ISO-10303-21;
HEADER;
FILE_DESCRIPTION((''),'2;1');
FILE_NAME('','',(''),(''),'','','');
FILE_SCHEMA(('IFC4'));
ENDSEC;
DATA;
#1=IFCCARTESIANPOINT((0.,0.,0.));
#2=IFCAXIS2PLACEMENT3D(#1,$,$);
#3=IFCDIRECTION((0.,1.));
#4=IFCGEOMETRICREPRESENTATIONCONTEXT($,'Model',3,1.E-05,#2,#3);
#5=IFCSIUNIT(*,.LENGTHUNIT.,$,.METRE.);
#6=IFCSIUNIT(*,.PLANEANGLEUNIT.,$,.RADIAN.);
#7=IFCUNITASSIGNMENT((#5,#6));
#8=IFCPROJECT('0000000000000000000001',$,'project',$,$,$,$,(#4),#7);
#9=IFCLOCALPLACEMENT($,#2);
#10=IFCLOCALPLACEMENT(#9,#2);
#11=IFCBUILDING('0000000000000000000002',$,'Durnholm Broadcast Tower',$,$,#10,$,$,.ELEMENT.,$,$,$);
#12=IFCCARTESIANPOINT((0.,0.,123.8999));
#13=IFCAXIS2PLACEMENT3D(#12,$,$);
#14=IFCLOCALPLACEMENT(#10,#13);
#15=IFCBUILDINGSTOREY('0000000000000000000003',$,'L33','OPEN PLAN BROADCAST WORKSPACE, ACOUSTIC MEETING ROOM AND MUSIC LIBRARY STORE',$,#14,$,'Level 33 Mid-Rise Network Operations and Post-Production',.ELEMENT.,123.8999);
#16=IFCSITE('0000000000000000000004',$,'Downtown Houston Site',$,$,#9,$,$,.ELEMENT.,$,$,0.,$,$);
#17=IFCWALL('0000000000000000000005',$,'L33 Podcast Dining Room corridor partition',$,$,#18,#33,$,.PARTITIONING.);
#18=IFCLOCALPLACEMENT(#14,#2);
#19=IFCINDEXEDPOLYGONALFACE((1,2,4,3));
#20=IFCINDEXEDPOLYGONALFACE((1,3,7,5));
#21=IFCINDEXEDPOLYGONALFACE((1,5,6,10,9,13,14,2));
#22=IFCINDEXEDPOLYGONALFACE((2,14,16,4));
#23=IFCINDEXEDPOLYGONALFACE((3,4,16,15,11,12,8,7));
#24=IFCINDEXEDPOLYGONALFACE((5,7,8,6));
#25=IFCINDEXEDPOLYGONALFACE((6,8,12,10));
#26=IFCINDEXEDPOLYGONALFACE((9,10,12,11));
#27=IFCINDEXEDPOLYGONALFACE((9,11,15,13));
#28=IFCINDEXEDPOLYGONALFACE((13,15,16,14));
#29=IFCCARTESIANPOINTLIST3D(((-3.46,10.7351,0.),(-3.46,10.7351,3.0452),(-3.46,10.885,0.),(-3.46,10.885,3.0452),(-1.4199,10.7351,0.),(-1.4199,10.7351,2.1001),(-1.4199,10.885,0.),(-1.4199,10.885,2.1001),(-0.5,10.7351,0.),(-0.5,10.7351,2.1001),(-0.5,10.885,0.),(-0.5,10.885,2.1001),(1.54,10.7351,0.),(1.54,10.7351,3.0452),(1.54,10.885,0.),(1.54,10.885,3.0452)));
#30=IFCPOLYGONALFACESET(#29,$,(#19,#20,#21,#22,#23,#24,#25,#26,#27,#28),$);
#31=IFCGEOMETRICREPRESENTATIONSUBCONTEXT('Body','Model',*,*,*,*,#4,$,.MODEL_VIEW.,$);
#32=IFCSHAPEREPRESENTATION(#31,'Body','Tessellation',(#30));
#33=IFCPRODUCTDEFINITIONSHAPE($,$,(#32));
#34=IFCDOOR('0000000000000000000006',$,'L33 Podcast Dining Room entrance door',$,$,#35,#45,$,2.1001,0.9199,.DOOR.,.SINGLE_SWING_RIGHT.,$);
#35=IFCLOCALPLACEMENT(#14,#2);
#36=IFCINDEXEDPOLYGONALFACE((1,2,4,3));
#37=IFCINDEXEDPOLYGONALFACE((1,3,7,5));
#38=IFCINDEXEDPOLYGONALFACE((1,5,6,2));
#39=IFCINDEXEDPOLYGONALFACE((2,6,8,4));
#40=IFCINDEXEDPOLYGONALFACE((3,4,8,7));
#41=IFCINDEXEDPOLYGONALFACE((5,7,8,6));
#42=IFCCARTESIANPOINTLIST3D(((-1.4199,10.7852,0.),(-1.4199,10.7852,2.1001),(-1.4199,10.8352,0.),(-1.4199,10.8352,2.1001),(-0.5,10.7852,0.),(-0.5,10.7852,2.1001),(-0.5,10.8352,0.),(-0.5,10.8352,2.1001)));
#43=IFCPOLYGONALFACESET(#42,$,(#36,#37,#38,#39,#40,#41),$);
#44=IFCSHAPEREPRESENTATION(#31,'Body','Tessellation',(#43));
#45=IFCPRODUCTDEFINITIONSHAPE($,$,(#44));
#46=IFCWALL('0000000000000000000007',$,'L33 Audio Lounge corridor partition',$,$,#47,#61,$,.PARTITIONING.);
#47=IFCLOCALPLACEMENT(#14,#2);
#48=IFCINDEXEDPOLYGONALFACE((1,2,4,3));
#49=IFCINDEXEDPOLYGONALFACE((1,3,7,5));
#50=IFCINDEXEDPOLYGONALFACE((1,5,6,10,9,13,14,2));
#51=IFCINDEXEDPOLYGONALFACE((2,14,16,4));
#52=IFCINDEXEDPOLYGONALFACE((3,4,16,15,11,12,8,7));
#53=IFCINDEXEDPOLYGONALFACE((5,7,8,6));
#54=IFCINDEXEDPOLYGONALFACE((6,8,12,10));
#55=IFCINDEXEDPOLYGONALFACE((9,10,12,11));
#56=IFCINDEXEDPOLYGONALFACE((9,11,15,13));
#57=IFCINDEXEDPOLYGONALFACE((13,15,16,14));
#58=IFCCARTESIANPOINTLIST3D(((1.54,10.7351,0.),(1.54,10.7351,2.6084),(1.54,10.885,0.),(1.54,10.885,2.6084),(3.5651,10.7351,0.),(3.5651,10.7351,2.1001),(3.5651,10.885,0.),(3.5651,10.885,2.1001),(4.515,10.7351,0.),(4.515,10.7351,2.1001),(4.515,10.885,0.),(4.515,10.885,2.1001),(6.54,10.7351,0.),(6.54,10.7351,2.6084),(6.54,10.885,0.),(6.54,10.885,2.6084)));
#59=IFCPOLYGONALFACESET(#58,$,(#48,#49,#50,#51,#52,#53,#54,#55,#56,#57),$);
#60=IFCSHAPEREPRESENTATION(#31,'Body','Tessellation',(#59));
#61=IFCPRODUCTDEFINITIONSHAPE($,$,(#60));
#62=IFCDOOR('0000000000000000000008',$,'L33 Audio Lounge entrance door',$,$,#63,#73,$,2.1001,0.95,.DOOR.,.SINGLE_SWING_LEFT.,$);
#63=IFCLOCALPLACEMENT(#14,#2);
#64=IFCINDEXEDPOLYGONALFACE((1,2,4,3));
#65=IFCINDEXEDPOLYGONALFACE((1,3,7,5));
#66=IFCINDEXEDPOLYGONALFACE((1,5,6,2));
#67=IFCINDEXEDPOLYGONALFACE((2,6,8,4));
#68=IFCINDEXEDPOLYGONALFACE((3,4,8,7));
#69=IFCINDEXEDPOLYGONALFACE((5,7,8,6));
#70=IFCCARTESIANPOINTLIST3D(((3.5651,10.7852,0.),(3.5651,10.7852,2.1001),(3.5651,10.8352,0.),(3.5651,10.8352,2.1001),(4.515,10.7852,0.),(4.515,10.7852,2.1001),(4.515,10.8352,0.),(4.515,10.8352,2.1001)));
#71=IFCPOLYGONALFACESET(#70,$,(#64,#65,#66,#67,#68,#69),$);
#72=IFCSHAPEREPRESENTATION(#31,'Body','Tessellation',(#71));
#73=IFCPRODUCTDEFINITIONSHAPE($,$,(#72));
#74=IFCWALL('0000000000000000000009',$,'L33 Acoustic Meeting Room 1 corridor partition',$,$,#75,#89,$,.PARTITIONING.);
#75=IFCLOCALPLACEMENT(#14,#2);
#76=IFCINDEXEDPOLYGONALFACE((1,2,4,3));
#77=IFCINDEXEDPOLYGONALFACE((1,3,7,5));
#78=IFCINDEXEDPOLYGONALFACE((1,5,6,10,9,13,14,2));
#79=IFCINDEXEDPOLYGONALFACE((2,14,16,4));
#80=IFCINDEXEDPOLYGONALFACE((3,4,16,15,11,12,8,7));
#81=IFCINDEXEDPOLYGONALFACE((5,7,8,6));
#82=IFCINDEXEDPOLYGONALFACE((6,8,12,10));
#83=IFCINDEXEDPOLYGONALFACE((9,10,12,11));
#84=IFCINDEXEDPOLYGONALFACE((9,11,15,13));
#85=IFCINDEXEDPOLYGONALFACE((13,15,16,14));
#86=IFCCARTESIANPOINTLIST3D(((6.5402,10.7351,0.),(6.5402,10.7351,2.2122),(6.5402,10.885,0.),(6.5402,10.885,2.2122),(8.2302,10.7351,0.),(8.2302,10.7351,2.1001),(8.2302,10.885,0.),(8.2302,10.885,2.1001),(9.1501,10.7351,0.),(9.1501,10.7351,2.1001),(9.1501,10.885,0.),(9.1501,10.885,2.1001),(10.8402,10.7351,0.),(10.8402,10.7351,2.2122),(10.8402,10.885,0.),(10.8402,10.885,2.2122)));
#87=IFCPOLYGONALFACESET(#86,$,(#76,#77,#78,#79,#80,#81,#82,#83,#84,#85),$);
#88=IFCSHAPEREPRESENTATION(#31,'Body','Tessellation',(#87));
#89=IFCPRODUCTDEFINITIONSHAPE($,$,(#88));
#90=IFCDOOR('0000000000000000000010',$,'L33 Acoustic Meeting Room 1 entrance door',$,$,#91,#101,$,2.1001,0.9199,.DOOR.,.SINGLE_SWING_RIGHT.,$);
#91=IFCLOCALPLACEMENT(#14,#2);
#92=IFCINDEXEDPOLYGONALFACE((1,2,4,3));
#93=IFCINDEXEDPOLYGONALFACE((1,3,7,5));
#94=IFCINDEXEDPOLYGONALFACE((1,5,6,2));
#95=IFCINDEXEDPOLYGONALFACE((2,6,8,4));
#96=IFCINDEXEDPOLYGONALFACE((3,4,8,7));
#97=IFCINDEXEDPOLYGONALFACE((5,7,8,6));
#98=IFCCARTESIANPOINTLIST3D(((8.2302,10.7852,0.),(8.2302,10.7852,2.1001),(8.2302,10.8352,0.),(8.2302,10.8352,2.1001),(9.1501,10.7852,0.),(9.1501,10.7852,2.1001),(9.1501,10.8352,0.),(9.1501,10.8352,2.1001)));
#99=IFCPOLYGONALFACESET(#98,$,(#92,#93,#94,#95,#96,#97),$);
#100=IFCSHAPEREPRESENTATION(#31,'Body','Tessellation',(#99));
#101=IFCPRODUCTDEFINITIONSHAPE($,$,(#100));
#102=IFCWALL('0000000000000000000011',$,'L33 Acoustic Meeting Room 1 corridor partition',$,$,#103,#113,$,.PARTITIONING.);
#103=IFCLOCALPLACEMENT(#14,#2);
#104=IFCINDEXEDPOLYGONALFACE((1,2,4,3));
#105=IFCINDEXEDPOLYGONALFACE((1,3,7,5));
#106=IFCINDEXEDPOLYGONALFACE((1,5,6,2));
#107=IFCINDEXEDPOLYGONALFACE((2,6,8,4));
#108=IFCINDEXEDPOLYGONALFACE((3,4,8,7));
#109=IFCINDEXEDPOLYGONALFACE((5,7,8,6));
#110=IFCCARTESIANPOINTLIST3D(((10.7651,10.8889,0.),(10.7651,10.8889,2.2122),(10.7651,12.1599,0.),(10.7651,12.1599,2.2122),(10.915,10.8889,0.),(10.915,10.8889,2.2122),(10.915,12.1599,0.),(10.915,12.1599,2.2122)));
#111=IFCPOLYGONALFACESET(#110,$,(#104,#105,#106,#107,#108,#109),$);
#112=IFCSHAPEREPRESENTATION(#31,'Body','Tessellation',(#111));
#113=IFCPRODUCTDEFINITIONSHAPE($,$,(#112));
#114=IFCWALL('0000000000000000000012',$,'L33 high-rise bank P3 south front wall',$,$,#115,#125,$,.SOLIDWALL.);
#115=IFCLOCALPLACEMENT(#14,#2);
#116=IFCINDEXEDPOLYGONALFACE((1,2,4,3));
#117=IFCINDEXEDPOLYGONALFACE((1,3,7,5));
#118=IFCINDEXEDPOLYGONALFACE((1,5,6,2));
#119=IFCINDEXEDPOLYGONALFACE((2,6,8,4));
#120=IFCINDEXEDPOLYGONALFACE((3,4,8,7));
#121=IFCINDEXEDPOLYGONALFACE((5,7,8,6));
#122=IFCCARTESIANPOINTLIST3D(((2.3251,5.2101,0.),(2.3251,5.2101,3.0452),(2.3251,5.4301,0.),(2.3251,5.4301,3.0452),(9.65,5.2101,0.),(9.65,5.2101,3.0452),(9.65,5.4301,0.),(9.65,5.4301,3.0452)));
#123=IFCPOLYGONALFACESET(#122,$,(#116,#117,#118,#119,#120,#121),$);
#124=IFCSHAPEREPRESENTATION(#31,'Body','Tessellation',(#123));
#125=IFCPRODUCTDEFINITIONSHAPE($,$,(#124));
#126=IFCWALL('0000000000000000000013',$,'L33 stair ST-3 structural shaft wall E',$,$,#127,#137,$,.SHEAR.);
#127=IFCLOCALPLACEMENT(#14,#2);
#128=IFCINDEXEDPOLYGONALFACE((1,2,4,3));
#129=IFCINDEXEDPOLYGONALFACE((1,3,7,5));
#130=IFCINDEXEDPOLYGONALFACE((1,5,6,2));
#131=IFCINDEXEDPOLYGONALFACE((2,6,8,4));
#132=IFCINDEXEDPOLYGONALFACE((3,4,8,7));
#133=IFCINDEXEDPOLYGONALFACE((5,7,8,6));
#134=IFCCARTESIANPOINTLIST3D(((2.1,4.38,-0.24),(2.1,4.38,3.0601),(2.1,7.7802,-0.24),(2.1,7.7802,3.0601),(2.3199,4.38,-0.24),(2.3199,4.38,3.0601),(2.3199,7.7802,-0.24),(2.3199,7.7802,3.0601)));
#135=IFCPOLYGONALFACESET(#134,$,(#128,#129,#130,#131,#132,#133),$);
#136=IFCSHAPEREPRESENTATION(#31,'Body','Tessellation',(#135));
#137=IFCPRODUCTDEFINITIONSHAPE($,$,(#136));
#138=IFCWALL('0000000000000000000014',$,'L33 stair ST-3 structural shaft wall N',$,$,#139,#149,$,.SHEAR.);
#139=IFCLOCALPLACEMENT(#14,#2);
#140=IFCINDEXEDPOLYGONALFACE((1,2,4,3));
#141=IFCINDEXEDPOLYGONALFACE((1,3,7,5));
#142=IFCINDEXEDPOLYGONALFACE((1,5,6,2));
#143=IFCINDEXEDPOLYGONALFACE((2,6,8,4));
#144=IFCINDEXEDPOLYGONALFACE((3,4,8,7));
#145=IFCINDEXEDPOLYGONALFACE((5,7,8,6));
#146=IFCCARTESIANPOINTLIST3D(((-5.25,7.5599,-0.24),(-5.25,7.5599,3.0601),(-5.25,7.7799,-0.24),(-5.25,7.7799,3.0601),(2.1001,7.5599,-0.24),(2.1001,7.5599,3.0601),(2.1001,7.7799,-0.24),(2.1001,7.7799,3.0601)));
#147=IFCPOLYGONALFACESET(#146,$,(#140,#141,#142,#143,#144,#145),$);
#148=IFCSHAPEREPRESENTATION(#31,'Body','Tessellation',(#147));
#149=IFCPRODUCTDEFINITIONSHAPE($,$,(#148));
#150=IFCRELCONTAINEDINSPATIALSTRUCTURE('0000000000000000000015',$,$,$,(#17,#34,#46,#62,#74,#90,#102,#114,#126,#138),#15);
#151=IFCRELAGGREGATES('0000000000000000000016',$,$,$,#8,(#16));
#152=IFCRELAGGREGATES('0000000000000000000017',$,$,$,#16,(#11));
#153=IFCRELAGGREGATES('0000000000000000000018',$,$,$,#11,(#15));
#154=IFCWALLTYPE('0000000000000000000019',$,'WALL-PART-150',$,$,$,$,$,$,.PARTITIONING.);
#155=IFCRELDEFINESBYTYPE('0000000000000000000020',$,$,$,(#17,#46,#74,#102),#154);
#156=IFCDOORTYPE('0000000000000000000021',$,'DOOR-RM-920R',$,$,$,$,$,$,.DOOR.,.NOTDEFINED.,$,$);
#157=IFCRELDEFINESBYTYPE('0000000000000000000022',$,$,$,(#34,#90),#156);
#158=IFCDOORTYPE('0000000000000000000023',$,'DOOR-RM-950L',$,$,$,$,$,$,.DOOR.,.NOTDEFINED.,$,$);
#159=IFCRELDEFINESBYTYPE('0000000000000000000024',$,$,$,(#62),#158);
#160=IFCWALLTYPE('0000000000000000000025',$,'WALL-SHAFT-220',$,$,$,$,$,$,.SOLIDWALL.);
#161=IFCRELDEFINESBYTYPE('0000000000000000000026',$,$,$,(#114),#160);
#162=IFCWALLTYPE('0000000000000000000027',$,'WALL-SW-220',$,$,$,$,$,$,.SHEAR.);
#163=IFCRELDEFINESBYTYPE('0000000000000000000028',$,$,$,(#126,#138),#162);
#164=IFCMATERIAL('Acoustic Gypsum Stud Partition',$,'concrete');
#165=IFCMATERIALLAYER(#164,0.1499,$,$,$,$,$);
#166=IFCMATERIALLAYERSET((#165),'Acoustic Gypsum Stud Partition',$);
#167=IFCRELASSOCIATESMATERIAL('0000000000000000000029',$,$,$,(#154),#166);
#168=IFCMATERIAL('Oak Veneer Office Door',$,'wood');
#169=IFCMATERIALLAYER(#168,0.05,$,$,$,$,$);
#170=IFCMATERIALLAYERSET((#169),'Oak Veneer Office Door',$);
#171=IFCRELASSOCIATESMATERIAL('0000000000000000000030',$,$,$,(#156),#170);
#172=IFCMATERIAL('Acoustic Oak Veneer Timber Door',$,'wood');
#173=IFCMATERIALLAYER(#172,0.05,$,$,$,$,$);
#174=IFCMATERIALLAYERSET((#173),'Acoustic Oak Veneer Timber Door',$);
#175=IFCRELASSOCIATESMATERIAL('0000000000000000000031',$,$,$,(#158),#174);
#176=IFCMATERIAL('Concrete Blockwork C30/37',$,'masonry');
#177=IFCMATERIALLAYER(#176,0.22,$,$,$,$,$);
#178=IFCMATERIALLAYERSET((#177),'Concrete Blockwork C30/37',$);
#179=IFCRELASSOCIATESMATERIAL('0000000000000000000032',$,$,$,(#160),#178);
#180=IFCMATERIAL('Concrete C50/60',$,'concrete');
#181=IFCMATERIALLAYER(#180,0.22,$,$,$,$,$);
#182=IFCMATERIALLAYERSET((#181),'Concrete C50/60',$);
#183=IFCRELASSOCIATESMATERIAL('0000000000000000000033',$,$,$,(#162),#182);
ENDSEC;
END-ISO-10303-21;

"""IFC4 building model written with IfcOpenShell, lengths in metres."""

from ifc_helpers import new_model, si_unit, direction, frame, frame_2d, origin, place, context, subcontext, project, spatial, rectangle, extrude, source, transform, mapped, material, layer, layer_set, type_object, type_shapes, element, fill, save


model = new_model("IFC4")

# Units and contexts
model_context = context("Model", 3, precision=1e-05, world=origin(), true_north=direction((0.0, 1.0)))
body_context = subcontext(model_context, "Body", "Model", "MODEL_VIEW")
ifc_project = project(units=[si_unit("LENGTHUNIT", "METRE"), si_unit("PLANEANGLEUNIT", "RADIAN")], contexts=[model_context])

# Site, building, storey
site_placement = place(None, origin())
site = spatial("IfcSite", under=ifc_project, at=site_placement, Name="Downtown Houston Site", CompositionType="ELEMENT", RefElevation=0.0)
building_placement = place(site_placement, origin())
building = spatial("IfcBuilding", under=site, at=building_placement, Name="Durnholm Broadcast Tower", CompositionType="ELEMENT")
storey_placement = place(building_placement, frame((0.0, 0.0, 123.8999)))
storey = spatial("IfcBuildingStorey", under=building, at=storey_placement, Name="L33", Description="OPEN PLAN BROADCAST WORKSPACE, ACOUSTIC MEETING ROOM AND MUSIC LIBRARY STORE", LongName="Level 33 Mid-Rise Network Operations and Post-Production", CompositionType="ELEMENT", Elevation=123.8999)

# Walls, openings, doors
ifc_material_1 = material(Name="Acoustic Gypsum Stud Partition", Category="concrete")
ifc_layer_1 = layer(ifc_material_1, 0.1499)
ifc_layer_set_1 = layer_set([ifc_layer_1], Name="Acoustic Gypsum Stud Partition")
wall_type_1 = type_object("IfcWallType", Name="WALL-PART-150", PredefinedType="PARTITIONING", material=ifc_layer_set_1)
wall_1_placement = place(storey_placement, frame((1.54, 10.8101, 0.0), z_axis=(0.0, 0.0, 1.0), x_axis=(-1.0, 0.0, 0.0)))
wall_1 = element("IfcWall", 1, at=wall_1_placement, inside=storey, type_object=wall_type_1, Name="L33 Podcast Dining Room corridor partition", PredefinedType="PARTITIONING", context=body_context, shape_type="SweptSolid", body=[
    extrude(rectangle(XDim=5.0, YDim=0.1499, at=frame_2d((2.5, 0.0))), origin(), (0.0, 0.0, 1.0), 3.0452),
])
opening_1_placement = place(wall_1_placement, frame((2.04, 0.0, 0.0)))
opening_1 = element("IfcOpeningElement", 2, at=opening_1_placement, cuts=wall_1, PredefinedType="OPENING", context=body_context, shape_type="SweptSolid", body=[
    extrude(rectangle(XDim=0.9199, YDim=2.1001, at=frame_2d((0.46, 1.05))), frame((0.0, 0.085, 0.0), z_axis=(0.0, -1.0, 0.0), x_axis=(1.0, 0.0, 0.0)), (0.0, 0.0, 1.0), 0.1699),
])
ifc_material_2 = material(Name="Oak Veneer Office Door", Category="wood")
ifc_layer_2 = layer(ifc_material_2, 0.05)
ifc_layer_set_2 = layer_set([ifc_layer_2], Name="Oak Veneer Office Door")
door_type_1 = type_object("IfcDoorType", Name="DOOR-RM-920R", OperationType="NOTDEFINED", PredefinedType="DOOR", material=ifc_layer_set_2)
shared_shape_1 = source(origin(), body_context, "Body", "SweptSolid", [
    extrude(rectangle(XDim=0.9199, YDim=2.1001, at=frame_2d((0.46, 1.05))), frame((0.0, 0.0249, 0.0), z_axis=(0.0, -1.0, 0.0), x_axis=(1.0, 0.0, 0.0)), (0.0, 0.0, 1.0), 0.05),
])
type_shapes(door_type_1, [shared_shape_1])
door_1_placement = place(opening_1_placement, origin())
door_1 = element("IfcDoor", 3, at=door_1_placement, inside=storey, type_object=door_type_1, Name="L33 Podcast Dining Room entrance door", OperationType="SINGLE_SWING_RIGHT", OverallHeight=2.1001, OverallWidth=0.9199, PredefinedType="DOOR", context=body_context, shape_type="MappedRepresentation", body=[
    mapped(shared_shape_1, transform((0.0, 0.0, 0.0), x_axis=(1.0, 0.0, 0.0), y_axis=(0.0, 1.0, 0.0), z_axis=(0.0, 0.0, 1.0), scale=1.0)),
])
fill(opening_1, door_1)
wall_2_placement = place(storey_placement, frame((6.54, 10.8101, 0.0), z_axis=(0.0, 0.0, 1.0), x_axis=(-1.0, 0.0, 0.0)))
wall_2 = element("IfcWall", 4, at=wall_2_placement, inside=storey, type_object=wall_type_1, Name="L33 Audio Lounge corridor partition", PredefinedType="PARTITIONING", context=body_context, shape_type="SweptSolid", body=[
    extrude(rectangle(XDim=5.0, YDim=0.1499, at=frame_2d((2.5, 0.0))), origin(), (0.0, 0.0, 1.0), 2.6084),
])
opening_2_placement = place(wall_2_placement, frame((2.0249, 0.0, 0.0)))
opening_2 = element("IfcOpeningElement", 5, at=opening_2_placement, cuts=wall_2, PredefinedType="OPENING", context=body_context, shape_type="SweptSolid", body=[
    extrude(rectangle(XDim=0.95, YDim=2.1001, at=frame_2d((0.4751, 1.05))), frame((0.0, 0.085, 0.0), z_axis=(0.0, -1.0, 0.0), x_axis=(1.0, 0.0, 0.0)), (0.0, 0.0, 1.0), 0.1699),
])
ifc_material_3 = material(Name="Acoustic Oak Veneer Timber Door", Category="wood")
ifc_layer_3 = layer(ifc_material_3, 0.05)
ifc_layer_set_3 = layer_set([ifc_layer_3], Name="Acoustic Oak Veneer Timber Door")
door_type_2 = type_object("IfcDoorType", Name="DOOR-RM-950L", OperationType="NOTDEFINED", PredefinedType="DOOR", material=ifc_layer_set_3)
shared_shape_2 = source(origin(), body_context, "Body", "SweptSolid", [
    extrude(rectangle(XDim=0.95, YDim=2.1001, at=frame_2d((0.4751, 1.05))), frame((0.0, 0.0249, 0.0), z_axis=(0.0, -1.0, 0.0), x_axis=(1.0, 0.0, 0.0)), (0.0, 0.0, 1.0), 0.05),
])
type_shapes(door_type_2, [shared_shape_2])
door_2_placement = place(opening_2_placement, origin())
door_2 = element("IfcDoor", 6, at=door_2_placement, inside=storey, type_object=door_type_2, Name="L33 Audio Lounge entrance door", OperationType="SINGLE_SWING_LEFT", OverallHeight=2.1001, OverallWidth=0.95, PredefinedType="DOOR", context=body_context, shape_type="MappedRepresentation", body=[
    mapped(shared_shape_2, transform((0.0, 0.0, 0.0), x_axis=(1.0, 0.0, 0.0), y_axis=(0.0, 1.0, 0.0), z_axis=(0.0, 0.0, 1.0), scale=1.0)),
])
fill(opening_2, door_2)
wall_3_placement = place(storey_placement, frame((10.8401, 10.8101, 0.0), z_axis=(0.0, 0.0, 1.0), x_axis=(-1.0, 0.0, 0.0)))
wall_3 = element("IfcWall", 7, at=wall_3_placement, inside=storey, type_object=wall_type_1, Name="L33 Acoustic Meeting Room 1 corridor partition", PredefinedType="PARTITIONING", context=body_context, shape_type="SweptSolid", body=[
    extrude(rectangle(XDim=4.3, YDim=0.1499, at=frame_2d((2.1499, 0.0))), origin(), (0.0, 0.0, 1.0), 2.2122),
])
opening_3_placement = place(wall_3_placement, frame((1.6899, 0.0, 0.0)))
opening_3 = element("IfcOpeningElement", 8, at=opening_3_placement, cuts=wall_3, PredefinedType="OPENING", context=body_context, shape_type="SweptSolid", body=[
    extrude(rectangle(XDim=0.9199, YDim=2.1001, at=frame_2d((0.46, 1.05))), frame((0.0, 0.085, 0.0), z_axis=(0.0, -1.0, 0.0), x_axis=(1.0, 0.0, 0.0)), (0.0, 0.0, 1.0), 0.1699),
])
door_3_placement = place(opening_3_placement, origin())
door_3 = element("IfcDoor", 9, at=door_3_placement, inside=storey, type_object=door_type_1, Name="L33 Acoustic Meeting Room 1 entrance door", OperationType="SINGLE_SWING_RIGHT", OverallHeight=2.1001, OverallWidth=0.9199, PredefinedType="DOOR", context=body_context, shape_type="MappedRepresentation", body=[
    mapped(shared_shape_1, transform((0.0, 0.0, 0.0), x_axis=(1.0, 0.0, 0.0), y_axis=(0.0, 1.0, 0.0), z_axis=(0.0, 0.0, 1.0), scale=1.0)),
])
fill(opening_3, door_3)

# Wall
wall_4_placement = place(storey_placement, frame((10.8401, 12.1599, 0.0), z_axis=(0.0, 0.0, 1.0), x_axis=(0.0, -1.0, 0.0)))
element("IfcWall", 10, at=wall_4_placement, inside=storey, type_object=wall_type_1, Name="L33 Acoustic Meeting Room 1 corridor partition", PredefinedType="PARTITIONING", context=body_context, shape_type="SweptSolid", body=[
    extrude(rectangle(XDim=1.271, YDim=0.1499, at=frame_2d((0.6355, 0.0))), origin(), (0.0, 0.0, 1.0), 2.2122),
])

# Shared definitions
ifc_material_4 = material(Name="Concrete Blockwork C30/37", Category="masonry")
ifc_layer_4 = layer(ifc_material_4, 0.22)
ifc_layer_set_4 = layer_set([ifc_layer_4], Name="Concrete Blockwork C30/37")
wall_type_2 = type_object("IfcWallType", Name="WALL-SHAFT-220", PredefinedType="SOLIDWALL", material=ifc_layer_set_4)

# Walls
wall_5_placement = place(storey_placement, frame((2.325, 5.3201, 0.0), z_axis=(0.0, 0.0, 1.0), x_axis=(1.0, 0.0, 0.0)))
element("IfcWall", 11, at=wall_5_placement, inside=storey, type_object=wall_type_2, Name="L33 high-rise bank P3 south front wall", PredefinedType="SOLIDWALL", context=body_context, shape_type="SweptSolid", body=[
    extrude(rectangle(XDim=7.325, YDim=0.22, at=frame_2d((3.6626, 0.0))), origin(), (0.0, 0.0, 1.0), 3.0452),
])
ifc_material_5 = material(Name="Concrete C50/60", Category="concrete")
ifc_layer_5 = layer(ifc_material_5, 0.22)
ifc_layer_set_5 = layer_set([ifc_layer_5], Name="Concrete C50/60")
wall_type_3 = type_object("IfcWallType", Name="WALL-SW-220", PredefinedType="SHEAR", material=ifc_layer_set_5)
wall_6_placement = place(storey_placement, frame((2.21, 4.3799, -0.24), z_axis=(0.0, 0.0, 1.0), x_axis=(0.0, 1.0, 0.0)))
element("IfcWall", 12, at=wall_6_placement, inside=storey, type_object=wall_type_3, Name="L33 stair ST-3 structural shaft wall E", PredefinedType="SHEAR", context=body_context, shape_type="SweptSolid", body=[
    extrude(rectangle(XDim=3.4001, YDim=0.22, at=frame_2d((1.7002, 0.0))), origin(), (0.0, 0.0, 1.0), 3.3),
])
wall_7_placement = place(storey_placement, frame((2.1001, 7.6699, -0.24), z_axis=(0.0, 0.0, 1.0), x_axis=(-1.0, 0.0, 0.0)))
element("IfcWall", 13, at=wall_7_placement, inside=storey, type_object=wall_type_3, Name="L33 stair ST-3 structural shaft wall N", PredefinedType="SHEAR", context=body_context, shape_type="SweptSolid", body=[
    extrude(rectangle(XDim=7.3501, YDim=0.22, at=frame_2d((3.675, 0.0))), origin(), (0.0, 0.0, 1.0), 3.3),
])

save(model, "model.ifc")
